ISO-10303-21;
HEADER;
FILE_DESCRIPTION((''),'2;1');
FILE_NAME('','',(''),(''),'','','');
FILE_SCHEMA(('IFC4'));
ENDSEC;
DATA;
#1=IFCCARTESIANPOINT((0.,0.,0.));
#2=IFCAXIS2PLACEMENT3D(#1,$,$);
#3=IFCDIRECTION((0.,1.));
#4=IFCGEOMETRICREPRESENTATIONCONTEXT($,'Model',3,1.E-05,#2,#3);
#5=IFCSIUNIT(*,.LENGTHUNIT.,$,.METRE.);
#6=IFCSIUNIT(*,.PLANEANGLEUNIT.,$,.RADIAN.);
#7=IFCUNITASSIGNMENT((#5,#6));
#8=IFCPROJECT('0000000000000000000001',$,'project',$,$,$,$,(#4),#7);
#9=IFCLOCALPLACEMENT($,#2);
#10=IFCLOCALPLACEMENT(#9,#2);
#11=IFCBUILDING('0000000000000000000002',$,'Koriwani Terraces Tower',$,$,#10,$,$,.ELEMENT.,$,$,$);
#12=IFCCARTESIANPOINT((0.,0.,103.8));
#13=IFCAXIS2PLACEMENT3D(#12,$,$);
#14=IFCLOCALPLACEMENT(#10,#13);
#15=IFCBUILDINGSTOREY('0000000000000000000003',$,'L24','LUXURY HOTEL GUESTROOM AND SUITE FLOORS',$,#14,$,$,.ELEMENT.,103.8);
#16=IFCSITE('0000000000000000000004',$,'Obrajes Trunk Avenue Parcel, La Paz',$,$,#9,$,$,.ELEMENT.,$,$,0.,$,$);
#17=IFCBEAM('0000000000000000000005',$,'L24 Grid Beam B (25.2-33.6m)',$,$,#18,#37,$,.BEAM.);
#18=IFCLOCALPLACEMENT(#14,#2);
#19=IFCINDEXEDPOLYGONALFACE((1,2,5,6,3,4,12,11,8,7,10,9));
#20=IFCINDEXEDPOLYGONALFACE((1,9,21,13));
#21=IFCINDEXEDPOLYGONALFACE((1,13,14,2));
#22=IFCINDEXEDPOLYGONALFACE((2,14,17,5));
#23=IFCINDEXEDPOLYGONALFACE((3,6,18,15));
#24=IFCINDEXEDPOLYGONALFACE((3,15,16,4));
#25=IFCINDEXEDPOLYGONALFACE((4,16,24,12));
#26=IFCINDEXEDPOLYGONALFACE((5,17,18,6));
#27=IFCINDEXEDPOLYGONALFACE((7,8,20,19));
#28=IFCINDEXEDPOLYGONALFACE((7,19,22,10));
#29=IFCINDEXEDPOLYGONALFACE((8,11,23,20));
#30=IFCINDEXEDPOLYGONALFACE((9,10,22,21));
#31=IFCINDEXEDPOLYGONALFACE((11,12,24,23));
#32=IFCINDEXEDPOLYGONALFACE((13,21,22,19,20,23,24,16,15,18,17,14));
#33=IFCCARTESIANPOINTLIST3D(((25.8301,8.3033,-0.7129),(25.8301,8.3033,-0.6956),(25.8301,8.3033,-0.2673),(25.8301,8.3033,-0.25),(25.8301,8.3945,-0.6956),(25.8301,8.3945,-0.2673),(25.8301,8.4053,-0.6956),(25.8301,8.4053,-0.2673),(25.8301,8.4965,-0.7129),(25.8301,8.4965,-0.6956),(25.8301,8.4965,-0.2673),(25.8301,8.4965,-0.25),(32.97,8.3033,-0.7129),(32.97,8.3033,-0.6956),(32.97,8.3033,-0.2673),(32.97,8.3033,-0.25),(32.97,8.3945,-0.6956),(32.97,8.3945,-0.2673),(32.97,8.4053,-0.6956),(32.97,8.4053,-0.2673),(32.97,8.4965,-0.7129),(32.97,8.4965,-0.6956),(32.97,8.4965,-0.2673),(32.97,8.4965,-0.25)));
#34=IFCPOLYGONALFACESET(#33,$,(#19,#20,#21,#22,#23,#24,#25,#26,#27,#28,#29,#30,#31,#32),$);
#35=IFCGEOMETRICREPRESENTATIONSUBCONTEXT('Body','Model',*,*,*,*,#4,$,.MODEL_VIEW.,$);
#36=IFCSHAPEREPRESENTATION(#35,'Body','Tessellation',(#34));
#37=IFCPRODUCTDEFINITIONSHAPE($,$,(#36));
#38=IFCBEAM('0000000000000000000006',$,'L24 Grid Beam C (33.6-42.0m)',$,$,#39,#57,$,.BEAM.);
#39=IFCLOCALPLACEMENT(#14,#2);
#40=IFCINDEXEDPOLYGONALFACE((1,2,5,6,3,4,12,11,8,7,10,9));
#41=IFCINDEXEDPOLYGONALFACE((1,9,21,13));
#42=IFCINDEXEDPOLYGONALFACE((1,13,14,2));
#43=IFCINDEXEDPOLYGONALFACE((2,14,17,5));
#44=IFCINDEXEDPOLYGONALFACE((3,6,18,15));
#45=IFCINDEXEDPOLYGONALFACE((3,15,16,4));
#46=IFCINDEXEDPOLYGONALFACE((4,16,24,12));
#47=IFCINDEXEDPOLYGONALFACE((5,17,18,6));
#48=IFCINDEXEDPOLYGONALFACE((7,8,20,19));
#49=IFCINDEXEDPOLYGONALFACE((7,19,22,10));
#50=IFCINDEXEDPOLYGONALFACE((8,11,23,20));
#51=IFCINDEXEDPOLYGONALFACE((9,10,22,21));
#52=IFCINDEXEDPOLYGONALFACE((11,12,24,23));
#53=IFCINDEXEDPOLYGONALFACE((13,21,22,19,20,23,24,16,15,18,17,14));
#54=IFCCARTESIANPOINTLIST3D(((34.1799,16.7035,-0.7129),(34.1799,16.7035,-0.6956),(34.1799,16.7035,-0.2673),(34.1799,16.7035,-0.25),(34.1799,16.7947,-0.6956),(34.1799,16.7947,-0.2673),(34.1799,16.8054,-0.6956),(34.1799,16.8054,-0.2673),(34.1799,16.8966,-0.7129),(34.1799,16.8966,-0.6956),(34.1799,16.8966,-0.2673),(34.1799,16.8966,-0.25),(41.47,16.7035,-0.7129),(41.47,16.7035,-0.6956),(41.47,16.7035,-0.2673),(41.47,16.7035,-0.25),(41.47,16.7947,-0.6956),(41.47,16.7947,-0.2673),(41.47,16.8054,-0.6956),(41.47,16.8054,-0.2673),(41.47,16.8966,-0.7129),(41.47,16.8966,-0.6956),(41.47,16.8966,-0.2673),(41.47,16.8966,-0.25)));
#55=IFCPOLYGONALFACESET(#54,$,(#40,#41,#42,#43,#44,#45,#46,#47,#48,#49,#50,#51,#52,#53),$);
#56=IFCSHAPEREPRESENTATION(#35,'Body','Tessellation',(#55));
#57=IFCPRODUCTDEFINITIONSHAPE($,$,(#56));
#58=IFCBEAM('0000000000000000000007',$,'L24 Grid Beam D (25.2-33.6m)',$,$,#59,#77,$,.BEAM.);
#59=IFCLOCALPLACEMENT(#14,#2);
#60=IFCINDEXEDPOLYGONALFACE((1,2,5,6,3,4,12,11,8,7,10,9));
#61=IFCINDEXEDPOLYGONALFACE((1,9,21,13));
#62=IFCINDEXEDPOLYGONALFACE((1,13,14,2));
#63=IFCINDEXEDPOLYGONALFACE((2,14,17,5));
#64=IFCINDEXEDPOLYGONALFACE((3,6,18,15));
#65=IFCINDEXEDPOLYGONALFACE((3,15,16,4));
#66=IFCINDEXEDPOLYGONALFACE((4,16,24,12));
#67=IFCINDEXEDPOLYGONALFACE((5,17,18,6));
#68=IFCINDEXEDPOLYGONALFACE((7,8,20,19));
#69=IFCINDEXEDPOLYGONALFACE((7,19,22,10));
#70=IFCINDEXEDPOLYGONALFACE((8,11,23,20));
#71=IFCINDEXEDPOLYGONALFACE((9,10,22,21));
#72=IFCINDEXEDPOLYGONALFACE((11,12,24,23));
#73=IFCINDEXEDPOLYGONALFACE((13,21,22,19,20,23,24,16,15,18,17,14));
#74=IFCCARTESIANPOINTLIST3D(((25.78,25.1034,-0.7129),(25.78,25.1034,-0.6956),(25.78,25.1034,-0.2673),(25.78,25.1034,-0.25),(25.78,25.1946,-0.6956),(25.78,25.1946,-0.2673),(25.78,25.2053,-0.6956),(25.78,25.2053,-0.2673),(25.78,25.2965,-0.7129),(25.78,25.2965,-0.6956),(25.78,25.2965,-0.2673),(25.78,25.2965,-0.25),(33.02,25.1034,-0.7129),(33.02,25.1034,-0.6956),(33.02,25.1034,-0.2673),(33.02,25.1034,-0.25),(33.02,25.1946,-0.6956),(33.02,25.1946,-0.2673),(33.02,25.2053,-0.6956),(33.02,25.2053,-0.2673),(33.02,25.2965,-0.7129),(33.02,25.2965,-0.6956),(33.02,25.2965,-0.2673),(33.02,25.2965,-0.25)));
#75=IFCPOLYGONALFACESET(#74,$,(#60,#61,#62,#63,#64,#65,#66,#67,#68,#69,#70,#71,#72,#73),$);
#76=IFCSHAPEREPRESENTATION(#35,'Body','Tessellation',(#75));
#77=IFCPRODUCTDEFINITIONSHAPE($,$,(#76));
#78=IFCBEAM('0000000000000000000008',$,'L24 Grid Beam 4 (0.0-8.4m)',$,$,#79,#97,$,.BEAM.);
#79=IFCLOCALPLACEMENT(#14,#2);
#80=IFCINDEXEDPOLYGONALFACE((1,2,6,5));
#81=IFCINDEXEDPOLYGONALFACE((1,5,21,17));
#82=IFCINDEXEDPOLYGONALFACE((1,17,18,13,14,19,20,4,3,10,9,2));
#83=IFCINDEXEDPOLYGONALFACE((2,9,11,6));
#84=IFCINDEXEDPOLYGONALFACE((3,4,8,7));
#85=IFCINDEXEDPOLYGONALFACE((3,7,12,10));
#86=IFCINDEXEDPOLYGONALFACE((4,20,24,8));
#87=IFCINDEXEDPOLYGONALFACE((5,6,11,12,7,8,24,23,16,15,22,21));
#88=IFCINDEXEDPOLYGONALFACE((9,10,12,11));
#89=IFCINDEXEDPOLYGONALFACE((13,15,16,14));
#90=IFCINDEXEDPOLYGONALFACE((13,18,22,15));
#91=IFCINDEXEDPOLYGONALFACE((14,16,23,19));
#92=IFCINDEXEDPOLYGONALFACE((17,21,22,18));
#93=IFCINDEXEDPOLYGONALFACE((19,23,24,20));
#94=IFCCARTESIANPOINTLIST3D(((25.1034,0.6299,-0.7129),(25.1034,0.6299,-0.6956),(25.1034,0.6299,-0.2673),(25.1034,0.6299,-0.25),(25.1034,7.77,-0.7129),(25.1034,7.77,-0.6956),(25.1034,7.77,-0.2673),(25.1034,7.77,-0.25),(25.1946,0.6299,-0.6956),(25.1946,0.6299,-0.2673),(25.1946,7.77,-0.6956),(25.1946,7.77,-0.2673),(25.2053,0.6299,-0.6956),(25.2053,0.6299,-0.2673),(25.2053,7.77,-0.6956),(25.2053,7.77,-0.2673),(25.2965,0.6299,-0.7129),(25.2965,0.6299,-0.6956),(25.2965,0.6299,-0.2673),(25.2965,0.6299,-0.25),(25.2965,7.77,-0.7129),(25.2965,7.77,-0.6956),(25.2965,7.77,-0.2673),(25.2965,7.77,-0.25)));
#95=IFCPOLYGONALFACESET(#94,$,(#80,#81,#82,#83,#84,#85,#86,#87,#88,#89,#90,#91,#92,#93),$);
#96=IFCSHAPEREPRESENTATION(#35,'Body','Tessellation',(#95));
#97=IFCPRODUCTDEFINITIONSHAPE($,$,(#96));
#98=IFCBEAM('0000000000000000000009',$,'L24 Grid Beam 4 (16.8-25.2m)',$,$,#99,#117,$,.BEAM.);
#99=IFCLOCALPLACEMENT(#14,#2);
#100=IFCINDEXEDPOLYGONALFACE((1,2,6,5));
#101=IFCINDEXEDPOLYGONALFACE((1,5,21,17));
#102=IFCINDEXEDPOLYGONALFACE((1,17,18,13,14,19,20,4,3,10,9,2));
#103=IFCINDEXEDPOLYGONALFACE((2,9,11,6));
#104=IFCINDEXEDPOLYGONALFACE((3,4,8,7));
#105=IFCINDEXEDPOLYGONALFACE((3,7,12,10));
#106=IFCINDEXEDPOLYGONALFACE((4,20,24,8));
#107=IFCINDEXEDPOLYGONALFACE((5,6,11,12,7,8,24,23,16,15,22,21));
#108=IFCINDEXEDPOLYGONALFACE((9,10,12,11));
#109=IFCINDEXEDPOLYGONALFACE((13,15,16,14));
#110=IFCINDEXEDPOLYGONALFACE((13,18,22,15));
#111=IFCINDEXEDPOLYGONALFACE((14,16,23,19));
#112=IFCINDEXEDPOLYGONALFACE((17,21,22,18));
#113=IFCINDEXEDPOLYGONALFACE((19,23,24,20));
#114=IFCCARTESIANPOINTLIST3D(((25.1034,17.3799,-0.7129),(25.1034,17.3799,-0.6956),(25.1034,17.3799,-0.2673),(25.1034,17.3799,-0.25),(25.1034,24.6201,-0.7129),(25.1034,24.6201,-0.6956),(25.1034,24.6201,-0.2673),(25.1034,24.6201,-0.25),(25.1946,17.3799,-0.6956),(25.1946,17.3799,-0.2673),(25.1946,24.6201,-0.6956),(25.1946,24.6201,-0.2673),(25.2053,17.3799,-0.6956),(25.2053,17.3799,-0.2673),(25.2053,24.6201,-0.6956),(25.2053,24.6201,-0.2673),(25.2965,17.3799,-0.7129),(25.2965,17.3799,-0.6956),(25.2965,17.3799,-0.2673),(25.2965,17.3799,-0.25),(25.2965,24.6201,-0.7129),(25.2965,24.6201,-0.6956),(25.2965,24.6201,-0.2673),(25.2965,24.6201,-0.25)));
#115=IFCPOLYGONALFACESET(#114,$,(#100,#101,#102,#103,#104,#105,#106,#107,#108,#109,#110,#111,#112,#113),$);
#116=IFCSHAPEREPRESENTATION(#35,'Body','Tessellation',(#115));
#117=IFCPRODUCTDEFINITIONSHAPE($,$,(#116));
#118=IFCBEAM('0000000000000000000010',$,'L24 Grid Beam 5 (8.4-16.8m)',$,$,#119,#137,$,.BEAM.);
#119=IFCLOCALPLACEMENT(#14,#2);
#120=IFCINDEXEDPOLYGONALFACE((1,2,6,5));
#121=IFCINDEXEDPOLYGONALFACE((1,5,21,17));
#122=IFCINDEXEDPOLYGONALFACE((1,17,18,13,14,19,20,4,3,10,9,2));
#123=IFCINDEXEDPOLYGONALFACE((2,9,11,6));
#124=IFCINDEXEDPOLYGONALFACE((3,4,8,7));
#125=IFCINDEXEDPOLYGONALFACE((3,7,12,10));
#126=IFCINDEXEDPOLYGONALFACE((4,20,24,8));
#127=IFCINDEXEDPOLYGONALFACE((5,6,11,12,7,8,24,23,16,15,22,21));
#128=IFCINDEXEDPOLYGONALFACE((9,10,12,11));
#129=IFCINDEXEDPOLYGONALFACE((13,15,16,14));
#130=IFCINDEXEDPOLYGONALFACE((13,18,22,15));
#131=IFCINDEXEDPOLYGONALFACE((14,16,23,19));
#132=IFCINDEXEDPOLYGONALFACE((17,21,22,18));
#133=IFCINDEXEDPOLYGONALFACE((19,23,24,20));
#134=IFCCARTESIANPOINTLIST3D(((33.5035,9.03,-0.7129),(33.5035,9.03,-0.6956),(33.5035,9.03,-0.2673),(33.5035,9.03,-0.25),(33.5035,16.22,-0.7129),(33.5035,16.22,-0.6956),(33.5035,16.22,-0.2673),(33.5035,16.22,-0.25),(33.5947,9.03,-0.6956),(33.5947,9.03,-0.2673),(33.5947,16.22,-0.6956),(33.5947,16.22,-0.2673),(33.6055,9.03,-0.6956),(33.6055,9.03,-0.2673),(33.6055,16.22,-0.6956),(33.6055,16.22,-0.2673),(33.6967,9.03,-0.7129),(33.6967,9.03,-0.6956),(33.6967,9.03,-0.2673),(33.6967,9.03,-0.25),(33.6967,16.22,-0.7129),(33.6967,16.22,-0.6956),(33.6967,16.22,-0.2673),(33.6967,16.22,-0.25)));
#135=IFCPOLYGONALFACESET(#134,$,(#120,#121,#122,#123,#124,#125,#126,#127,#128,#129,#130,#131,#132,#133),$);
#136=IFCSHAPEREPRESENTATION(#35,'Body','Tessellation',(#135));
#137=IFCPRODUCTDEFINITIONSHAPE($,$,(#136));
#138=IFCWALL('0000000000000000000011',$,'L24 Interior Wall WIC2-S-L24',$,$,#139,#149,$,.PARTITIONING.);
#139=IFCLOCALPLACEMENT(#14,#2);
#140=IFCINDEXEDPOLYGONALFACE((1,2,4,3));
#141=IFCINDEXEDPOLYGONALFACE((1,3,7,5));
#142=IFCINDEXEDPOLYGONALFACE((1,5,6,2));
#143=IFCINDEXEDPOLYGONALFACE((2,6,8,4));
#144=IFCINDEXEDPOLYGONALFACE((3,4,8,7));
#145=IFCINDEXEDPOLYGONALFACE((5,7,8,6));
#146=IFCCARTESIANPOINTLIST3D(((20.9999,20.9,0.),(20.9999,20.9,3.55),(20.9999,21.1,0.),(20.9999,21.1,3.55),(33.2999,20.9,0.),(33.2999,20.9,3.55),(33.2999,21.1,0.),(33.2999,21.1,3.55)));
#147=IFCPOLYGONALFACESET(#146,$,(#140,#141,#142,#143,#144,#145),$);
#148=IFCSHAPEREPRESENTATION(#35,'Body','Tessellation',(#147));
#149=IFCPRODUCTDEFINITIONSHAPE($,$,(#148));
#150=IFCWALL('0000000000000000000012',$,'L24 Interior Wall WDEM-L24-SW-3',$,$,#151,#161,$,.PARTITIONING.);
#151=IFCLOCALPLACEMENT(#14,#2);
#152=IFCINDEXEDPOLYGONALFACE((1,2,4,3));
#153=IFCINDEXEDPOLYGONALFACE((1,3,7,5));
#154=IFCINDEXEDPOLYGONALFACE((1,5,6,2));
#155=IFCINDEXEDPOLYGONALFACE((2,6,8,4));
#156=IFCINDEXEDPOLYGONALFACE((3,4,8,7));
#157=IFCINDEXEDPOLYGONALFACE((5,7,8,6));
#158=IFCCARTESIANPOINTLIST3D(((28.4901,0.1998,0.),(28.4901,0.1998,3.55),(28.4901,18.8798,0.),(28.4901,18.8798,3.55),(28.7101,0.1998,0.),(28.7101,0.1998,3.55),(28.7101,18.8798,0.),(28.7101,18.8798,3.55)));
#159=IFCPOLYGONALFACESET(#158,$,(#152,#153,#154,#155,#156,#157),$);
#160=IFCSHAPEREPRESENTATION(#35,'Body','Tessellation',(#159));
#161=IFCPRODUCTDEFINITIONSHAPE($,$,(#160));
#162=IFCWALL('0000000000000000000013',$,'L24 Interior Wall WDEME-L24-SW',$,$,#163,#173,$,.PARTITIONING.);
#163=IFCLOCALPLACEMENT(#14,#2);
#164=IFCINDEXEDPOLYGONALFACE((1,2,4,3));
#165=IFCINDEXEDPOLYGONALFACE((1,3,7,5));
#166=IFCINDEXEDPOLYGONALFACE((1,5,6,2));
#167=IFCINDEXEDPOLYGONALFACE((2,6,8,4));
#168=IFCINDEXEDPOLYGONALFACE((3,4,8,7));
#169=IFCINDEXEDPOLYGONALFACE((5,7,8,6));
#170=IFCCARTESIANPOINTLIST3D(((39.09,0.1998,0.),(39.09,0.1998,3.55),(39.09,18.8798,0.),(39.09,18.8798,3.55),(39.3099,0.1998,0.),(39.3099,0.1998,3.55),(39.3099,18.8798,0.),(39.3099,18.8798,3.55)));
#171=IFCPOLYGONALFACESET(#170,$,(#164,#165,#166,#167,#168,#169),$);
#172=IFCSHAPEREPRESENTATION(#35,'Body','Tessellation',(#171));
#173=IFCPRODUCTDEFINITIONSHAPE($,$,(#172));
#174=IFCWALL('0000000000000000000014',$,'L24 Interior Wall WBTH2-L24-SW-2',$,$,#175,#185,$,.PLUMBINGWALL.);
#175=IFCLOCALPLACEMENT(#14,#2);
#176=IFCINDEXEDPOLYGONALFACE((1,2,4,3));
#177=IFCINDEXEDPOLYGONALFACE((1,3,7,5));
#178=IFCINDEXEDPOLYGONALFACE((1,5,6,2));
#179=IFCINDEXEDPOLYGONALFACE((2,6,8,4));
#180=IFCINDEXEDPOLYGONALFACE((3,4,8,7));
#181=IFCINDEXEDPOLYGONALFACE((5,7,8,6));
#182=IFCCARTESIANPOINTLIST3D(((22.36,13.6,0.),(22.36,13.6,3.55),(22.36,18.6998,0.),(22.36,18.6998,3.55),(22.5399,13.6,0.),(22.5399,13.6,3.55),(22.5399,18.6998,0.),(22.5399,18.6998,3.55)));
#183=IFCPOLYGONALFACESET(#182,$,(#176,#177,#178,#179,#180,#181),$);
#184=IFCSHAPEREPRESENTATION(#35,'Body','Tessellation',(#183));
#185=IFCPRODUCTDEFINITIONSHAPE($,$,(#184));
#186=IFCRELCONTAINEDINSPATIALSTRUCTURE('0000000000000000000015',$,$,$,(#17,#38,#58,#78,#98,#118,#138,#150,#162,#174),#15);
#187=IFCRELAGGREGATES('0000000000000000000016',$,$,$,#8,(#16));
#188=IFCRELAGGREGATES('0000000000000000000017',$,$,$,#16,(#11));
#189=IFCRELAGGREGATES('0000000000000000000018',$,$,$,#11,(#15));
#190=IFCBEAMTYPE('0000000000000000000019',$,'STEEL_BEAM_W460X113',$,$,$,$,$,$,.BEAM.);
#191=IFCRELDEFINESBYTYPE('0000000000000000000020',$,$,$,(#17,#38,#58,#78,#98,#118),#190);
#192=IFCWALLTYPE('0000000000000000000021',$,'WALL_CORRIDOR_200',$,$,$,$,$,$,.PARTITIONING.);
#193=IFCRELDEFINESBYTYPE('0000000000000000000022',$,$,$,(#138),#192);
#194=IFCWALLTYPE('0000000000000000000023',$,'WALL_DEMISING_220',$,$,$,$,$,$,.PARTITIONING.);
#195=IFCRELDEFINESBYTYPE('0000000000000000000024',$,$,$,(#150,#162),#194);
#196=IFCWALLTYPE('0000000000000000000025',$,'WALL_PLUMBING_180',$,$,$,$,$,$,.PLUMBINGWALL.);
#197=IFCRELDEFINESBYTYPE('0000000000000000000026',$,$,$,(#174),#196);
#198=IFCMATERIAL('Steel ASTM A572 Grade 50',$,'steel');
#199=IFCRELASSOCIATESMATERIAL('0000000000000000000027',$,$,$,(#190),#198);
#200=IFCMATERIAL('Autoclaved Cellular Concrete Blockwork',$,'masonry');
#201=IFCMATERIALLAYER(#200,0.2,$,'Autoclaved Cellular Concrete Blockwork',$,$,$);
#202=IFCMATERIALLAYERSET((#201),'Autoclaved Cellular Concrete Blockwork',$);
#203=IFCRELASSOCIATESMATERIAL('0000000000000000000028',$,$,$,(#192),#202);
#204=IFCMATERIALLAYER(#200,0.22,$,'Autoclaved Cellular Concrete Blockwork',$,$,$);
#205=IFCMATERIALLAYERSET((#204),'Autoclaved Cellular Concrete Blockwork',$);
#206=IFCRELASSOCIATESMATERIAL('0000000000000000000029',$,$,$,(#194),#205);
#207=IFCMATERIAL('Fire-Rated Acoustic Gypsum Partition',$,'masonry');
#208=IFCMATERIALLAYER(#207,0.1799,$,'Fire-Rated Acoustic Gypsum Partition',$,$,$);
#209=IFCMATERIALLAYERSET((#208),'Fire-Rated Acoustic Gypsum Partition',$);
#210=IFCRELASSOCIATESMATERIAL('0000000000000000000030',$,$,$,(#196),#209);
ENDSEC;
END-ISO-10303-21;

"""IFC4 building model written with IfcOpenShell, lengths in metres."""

from ifc_helpers import new_model, si_unit, direction, frame, frame_2d, origin, origin_2d, place, context, subcontext, project, spatial, rectangle, i_section, extrude, material, layer, layer_set, material_profile, profile_set, type_object, element, save


model = new_model("IFC4")

# Units and contexts
model_context = context("Model", 3, precision=1e-05, world=origin(), true_north=direction((0.0, 1.0)))
body_context = subcontext(model_context, "Body", "Model", "MODEL_VIEW")
ifc_project = project(units=[si_unit("LENGTHUNIT", "METRE"), si_unit("PLANEANGLEUNIT", "RADIAN")], contexts=[model_context])

# Site, building, storey
site_placement = place(None, origin())
site = spatial("IfcSite", under=ifc_project, at=site_placement, Name="Obrajes Trunk Avenue Parcel, La Paz", CompositionType="ELEMENT", RefElevation=0.0)
building_placement = place(site_placement, origin())
building = spatial("IfcBuilding", under=site, at=building_placement, Name="Koriwani Terraces Tower", CompositionType="ELEMENT")
storey_placement = place(building_placement, frame((0.0, 0.0, 103.8)))
storey = spatial("IfcBuildingStorey", under=building, at=storey_placement, Name="L24", Description="LUXURY HOTEL GUESTROOM AND SUITE FLOORS", CompositionType="ELEMENT", Elevation=103.8)

# Beams
ifc_material_1 = material(Name="Steel ASTM A572 Grade 50", Category="steel")
ifc_material_profile_1 = material_profile(ifc_material_1, i_section(OverallWidth=0.1931, OverallDepth=0.4629, WebThickness=0.0107, FlangeThickness=0.0173, at=origin_2d()), Name="Steel ASTM A572 Grade 50", Category="LoadBearing")
ifc_profile_set_1 = profile_set([ifc_material_profile_1], Name="Steel ASTM A572 Grade 50")
beam_type_1 = type_object("IfcBeamType", Name="STEEL_BEAM_W460X113", PredefinedType="BEAM", material=ifc_profile_set_1)
beam_1_placement = place(storey_placement, frame((25.8301, 8.3999, -0.4814), z_axis=(1.0, 0.0, 0.0), x_axis=(0.0, 1.0, 0.0)))
element("IfcBeam", 1, at=beam_1_placement, inside=storey, type_object=beam_type_1, Name="L24 Grid Beam B (25.2-33.6m)", PredefinedType="BEAM", context=body_context, shape_type="SweptSolid", body=[
    extrude(i_section(OverallWidth=0.1931, OverallDepth=0.4629, WebThickness=0.0107, FlangeThickness=0.0173, at=origin_2d()), origin(), (0.0, 0.0, 1.0), 7.1399),
])
beam_2_placement = place(storey_placement, frame((34.1799, 16.8, -0.4814), z_axis=(1.0, 0.0, 0.0), x_axis=(0.0, 1.0, 0.0)))
element("IfcBeam", 2, at=beam_2_placement, inside=storey, type_object=beam_type_1, Name="L24 Grid Beam C (33.6-42.0m)", PredefinedType="BEAM", context=body_context, shape_type="SweptSolid", body=[
    extrude(i_section(OverallWidth=0.1931, OverallDepth=0.4629, WebThickness=0.0107, FlangeThickness=0.0173, at=origin_2d()), origin(), (0.0, 0.0, 1.0), 7.29),
])
beam_3_placement = place(storey_placement, frame((25.78, 25.2, -0.4814), z_axis=(1.0, 0.0, 0.0), x_axis=(0.0, 1.0, 0.0)))
element("IfcBeam", 3, at=beam_3_placement, inside=storey, type_object=beam_type_1, Name="L24 Grid Beam D (25.2-33.6m)", PredefinedType="BEAM", context=body_context, shape_type="SweptSolid", body=[
    extrude(i_section(OverallWidth=0.1931, OverallDepth=0.4629, WebThickness=0.0107, FlangeThickness=0.0173, at=origin_2d()), origin(), (0.0, 0.0, 1.0), 7.24),
])
beam_4_placement = place(storey_placement, frame((25.2, 0.6299, -0.4814), z_axis=(0.0, 1.0, 0.0), x_axis=(-1.0, 0.0, 0.0)))
element("IfcBeam", 4, at=beam_4_placement, inside=storey, type_object=beam_type_1, Name="L24 Grid Beam 4 (0.0-8.4m)", PredefinedType="BEAM", context=body_context, shape_type="SweptSolid", body=[
    extrude(i_section(OverallWidth=0.1931, OverallDepth=0.4629, WebThickness=0.0107, FlangeThickness=0.0173, at=origin_2d()), origin(), (0.0, 0.0, 1.0), 7.1401),
])
beam_5_placement = place(storey_placement, frame((25.2, 17.3799, -0.4814), z_axis=(0.0, 1.0, 0.0), x_axis=(-1.0, 0.0, 0.0)))
element("IfcBeam", 5, at=beam_5_placement, inside=storey, type_object=beam_type_1, Name="L24 Grid Beam 4 (16.8-25.2m)", PredefinedType="BEAM", context=body_context, shape_type="SweptSolid", body=[
    extrude(i_section(OverallWidth=0.1931, OverallDepth=0.4629, WebThickness=0.0107, FlangeThickness=0.0173, at=origin_2d()), origin(), (0.0, 0.0, 1.0), 7.2402),
])
beam_6_placement = place(storey_placement, frame((33.6001, 9.03, -0.4814), z_axis=(0.0, 1.0, 0.0), x_axis=(-1.0, 0.0, 0.0)))
element("IfcBeam", 6, at=beam_6_placement, inside=storey, type_object=beam_type_1, Name="L24 Grid Beam 5 (8.4-16.8m)", PredefinedType="BEAM", context=body_context, shape_type="SweptSolid", body=[
    extrude(i_section(OverallWidth=0.1931, OverallDepth=0.4629, WebThickness=0.0107, FlangeThickness=0.0173, at=origin_2d()), origin(), (0.0, 0.0, 1.0), 7.1899),
])

# Walls
ifc_material_2 = material(Name="Autoclaved Cellular Concrete Blockwork", Category="masonry")
ifc_layer_1 = layer(ifc_material_2, 0.2, Name="Autoclaved Cellular Concrete Blockwork")
ifc_layer_set_1 = layer_set([ifc_layer_1], Name="Autoclaved Cellular Concrete Blockwork")
wall_type_1 = type_object("IfcWallType", Name="WALL_CORRIDOR_200", PredefinedType="PARTITIONING", material=ifc_layer_set_1)
wall_1_placement = place(storey_placement, frame((21.0, 21.0, 0.0), z_axis=(0.0, 0.0, 1.0), x_axis=(1.0, 0.0, 0.0)))
element("IfcWall", 7, at=wall_1_placement, inside=storey, type_object=wall_type_1, Name="L24 Interior Wall WIC2-S-L24", PredefinedType="PARTITIONING", context=body_context, shape_type="SweptSolid", body=[
    extrude(rectangle(XDim=12.3, YDim=0.2, at=frame_2d((6.1499, 0.0))), origin(), (0.0, 0.0, 1.0), 3.55),
])
ifc_layer_2 = layer(ifc_material_2, 0.22, Name="Autoclaved Cellular Concrete Blockwork")
ifc_layer_set_2 = layer_set([ifc_layer_2], Name="Autoclaved Cellular Concrete Blockwork")
wall_type_2 = type_object("IfcWallType", Name="WALL_DEMISING_220", PredefinedType="PARTITIONING", material=ifc_layer_set_2)
for number, where, z_axis, x_axis, name in (
    (8, (28.6001, 0.2, 0.0), (0.0, 0.0, 1.0), (0.0, 1.0, 0.0), "L24 Interior Wall WDEM-L24-SW-3"),
    (9, (39.2, 0.2, 0.0), (0.0, 0.0, 1.0), (0.0, 1.0, 0.0), "L24 Interior Wall WDEME-L24-SW"),
):
    element("IfcWall", number, at=place(storey_placement, frame(where, z_axis=z_axis, x_axis=x_axis)), inside=storey, type_object=wall_type_2, Name=name, PredefinedType="PARTITIONING", context=body_context, shape_type="SweptSolid", body=[
        extrude(rectangle(XDim=18.6799, YDim=0.22, at=frame_2d((9.3398, 0.0))), origin(), (0.0, 0.0, 1.0), 3.55),
    ])
ifc_material_3 = material(Name="Fire-Rated Acoustic Gypsum Partition", Category="masonry")
ifc_layer_3 = layer(ifc_material_3, 0.1799, Name="Fire-Rated Acoustic Gypsum Partition")
ifc_layer_set_3 = layer_set([ifc_layer_3], Name="Fire-Rated Acoustic Gypsum Partition")
wall_type_3 = type_object("IfcWallType", Name="WALL_PLUMBING_180", PredefinedType="PLUMBINGWALL", material=ifc_layer_set_3)
wall_2_placement = place(storey_placement, frame((22.45, 13.6001, 0.0), z_axis=(0.0, 0.0, 1.0), x_axis=(0.0, 1.0, 0.0)))
element("IfcWall", 10, at=wall_2_placement, inside=storey, type_object=wall_type_3, Name="L24 Interior Wall WBTH2-L24-SW-2", PredefinedType="PLUMBINGWALL", context=body_context, shape_type="SweptSolid", body=[
    extrude(rectangle(XDim=5.0999, YDim=0.1799, at=frame_2d((2.5498, 0.0))), origin(), (0.0, 0.0, 1.0), 3.55),
])

save(model, "model.ifc")
